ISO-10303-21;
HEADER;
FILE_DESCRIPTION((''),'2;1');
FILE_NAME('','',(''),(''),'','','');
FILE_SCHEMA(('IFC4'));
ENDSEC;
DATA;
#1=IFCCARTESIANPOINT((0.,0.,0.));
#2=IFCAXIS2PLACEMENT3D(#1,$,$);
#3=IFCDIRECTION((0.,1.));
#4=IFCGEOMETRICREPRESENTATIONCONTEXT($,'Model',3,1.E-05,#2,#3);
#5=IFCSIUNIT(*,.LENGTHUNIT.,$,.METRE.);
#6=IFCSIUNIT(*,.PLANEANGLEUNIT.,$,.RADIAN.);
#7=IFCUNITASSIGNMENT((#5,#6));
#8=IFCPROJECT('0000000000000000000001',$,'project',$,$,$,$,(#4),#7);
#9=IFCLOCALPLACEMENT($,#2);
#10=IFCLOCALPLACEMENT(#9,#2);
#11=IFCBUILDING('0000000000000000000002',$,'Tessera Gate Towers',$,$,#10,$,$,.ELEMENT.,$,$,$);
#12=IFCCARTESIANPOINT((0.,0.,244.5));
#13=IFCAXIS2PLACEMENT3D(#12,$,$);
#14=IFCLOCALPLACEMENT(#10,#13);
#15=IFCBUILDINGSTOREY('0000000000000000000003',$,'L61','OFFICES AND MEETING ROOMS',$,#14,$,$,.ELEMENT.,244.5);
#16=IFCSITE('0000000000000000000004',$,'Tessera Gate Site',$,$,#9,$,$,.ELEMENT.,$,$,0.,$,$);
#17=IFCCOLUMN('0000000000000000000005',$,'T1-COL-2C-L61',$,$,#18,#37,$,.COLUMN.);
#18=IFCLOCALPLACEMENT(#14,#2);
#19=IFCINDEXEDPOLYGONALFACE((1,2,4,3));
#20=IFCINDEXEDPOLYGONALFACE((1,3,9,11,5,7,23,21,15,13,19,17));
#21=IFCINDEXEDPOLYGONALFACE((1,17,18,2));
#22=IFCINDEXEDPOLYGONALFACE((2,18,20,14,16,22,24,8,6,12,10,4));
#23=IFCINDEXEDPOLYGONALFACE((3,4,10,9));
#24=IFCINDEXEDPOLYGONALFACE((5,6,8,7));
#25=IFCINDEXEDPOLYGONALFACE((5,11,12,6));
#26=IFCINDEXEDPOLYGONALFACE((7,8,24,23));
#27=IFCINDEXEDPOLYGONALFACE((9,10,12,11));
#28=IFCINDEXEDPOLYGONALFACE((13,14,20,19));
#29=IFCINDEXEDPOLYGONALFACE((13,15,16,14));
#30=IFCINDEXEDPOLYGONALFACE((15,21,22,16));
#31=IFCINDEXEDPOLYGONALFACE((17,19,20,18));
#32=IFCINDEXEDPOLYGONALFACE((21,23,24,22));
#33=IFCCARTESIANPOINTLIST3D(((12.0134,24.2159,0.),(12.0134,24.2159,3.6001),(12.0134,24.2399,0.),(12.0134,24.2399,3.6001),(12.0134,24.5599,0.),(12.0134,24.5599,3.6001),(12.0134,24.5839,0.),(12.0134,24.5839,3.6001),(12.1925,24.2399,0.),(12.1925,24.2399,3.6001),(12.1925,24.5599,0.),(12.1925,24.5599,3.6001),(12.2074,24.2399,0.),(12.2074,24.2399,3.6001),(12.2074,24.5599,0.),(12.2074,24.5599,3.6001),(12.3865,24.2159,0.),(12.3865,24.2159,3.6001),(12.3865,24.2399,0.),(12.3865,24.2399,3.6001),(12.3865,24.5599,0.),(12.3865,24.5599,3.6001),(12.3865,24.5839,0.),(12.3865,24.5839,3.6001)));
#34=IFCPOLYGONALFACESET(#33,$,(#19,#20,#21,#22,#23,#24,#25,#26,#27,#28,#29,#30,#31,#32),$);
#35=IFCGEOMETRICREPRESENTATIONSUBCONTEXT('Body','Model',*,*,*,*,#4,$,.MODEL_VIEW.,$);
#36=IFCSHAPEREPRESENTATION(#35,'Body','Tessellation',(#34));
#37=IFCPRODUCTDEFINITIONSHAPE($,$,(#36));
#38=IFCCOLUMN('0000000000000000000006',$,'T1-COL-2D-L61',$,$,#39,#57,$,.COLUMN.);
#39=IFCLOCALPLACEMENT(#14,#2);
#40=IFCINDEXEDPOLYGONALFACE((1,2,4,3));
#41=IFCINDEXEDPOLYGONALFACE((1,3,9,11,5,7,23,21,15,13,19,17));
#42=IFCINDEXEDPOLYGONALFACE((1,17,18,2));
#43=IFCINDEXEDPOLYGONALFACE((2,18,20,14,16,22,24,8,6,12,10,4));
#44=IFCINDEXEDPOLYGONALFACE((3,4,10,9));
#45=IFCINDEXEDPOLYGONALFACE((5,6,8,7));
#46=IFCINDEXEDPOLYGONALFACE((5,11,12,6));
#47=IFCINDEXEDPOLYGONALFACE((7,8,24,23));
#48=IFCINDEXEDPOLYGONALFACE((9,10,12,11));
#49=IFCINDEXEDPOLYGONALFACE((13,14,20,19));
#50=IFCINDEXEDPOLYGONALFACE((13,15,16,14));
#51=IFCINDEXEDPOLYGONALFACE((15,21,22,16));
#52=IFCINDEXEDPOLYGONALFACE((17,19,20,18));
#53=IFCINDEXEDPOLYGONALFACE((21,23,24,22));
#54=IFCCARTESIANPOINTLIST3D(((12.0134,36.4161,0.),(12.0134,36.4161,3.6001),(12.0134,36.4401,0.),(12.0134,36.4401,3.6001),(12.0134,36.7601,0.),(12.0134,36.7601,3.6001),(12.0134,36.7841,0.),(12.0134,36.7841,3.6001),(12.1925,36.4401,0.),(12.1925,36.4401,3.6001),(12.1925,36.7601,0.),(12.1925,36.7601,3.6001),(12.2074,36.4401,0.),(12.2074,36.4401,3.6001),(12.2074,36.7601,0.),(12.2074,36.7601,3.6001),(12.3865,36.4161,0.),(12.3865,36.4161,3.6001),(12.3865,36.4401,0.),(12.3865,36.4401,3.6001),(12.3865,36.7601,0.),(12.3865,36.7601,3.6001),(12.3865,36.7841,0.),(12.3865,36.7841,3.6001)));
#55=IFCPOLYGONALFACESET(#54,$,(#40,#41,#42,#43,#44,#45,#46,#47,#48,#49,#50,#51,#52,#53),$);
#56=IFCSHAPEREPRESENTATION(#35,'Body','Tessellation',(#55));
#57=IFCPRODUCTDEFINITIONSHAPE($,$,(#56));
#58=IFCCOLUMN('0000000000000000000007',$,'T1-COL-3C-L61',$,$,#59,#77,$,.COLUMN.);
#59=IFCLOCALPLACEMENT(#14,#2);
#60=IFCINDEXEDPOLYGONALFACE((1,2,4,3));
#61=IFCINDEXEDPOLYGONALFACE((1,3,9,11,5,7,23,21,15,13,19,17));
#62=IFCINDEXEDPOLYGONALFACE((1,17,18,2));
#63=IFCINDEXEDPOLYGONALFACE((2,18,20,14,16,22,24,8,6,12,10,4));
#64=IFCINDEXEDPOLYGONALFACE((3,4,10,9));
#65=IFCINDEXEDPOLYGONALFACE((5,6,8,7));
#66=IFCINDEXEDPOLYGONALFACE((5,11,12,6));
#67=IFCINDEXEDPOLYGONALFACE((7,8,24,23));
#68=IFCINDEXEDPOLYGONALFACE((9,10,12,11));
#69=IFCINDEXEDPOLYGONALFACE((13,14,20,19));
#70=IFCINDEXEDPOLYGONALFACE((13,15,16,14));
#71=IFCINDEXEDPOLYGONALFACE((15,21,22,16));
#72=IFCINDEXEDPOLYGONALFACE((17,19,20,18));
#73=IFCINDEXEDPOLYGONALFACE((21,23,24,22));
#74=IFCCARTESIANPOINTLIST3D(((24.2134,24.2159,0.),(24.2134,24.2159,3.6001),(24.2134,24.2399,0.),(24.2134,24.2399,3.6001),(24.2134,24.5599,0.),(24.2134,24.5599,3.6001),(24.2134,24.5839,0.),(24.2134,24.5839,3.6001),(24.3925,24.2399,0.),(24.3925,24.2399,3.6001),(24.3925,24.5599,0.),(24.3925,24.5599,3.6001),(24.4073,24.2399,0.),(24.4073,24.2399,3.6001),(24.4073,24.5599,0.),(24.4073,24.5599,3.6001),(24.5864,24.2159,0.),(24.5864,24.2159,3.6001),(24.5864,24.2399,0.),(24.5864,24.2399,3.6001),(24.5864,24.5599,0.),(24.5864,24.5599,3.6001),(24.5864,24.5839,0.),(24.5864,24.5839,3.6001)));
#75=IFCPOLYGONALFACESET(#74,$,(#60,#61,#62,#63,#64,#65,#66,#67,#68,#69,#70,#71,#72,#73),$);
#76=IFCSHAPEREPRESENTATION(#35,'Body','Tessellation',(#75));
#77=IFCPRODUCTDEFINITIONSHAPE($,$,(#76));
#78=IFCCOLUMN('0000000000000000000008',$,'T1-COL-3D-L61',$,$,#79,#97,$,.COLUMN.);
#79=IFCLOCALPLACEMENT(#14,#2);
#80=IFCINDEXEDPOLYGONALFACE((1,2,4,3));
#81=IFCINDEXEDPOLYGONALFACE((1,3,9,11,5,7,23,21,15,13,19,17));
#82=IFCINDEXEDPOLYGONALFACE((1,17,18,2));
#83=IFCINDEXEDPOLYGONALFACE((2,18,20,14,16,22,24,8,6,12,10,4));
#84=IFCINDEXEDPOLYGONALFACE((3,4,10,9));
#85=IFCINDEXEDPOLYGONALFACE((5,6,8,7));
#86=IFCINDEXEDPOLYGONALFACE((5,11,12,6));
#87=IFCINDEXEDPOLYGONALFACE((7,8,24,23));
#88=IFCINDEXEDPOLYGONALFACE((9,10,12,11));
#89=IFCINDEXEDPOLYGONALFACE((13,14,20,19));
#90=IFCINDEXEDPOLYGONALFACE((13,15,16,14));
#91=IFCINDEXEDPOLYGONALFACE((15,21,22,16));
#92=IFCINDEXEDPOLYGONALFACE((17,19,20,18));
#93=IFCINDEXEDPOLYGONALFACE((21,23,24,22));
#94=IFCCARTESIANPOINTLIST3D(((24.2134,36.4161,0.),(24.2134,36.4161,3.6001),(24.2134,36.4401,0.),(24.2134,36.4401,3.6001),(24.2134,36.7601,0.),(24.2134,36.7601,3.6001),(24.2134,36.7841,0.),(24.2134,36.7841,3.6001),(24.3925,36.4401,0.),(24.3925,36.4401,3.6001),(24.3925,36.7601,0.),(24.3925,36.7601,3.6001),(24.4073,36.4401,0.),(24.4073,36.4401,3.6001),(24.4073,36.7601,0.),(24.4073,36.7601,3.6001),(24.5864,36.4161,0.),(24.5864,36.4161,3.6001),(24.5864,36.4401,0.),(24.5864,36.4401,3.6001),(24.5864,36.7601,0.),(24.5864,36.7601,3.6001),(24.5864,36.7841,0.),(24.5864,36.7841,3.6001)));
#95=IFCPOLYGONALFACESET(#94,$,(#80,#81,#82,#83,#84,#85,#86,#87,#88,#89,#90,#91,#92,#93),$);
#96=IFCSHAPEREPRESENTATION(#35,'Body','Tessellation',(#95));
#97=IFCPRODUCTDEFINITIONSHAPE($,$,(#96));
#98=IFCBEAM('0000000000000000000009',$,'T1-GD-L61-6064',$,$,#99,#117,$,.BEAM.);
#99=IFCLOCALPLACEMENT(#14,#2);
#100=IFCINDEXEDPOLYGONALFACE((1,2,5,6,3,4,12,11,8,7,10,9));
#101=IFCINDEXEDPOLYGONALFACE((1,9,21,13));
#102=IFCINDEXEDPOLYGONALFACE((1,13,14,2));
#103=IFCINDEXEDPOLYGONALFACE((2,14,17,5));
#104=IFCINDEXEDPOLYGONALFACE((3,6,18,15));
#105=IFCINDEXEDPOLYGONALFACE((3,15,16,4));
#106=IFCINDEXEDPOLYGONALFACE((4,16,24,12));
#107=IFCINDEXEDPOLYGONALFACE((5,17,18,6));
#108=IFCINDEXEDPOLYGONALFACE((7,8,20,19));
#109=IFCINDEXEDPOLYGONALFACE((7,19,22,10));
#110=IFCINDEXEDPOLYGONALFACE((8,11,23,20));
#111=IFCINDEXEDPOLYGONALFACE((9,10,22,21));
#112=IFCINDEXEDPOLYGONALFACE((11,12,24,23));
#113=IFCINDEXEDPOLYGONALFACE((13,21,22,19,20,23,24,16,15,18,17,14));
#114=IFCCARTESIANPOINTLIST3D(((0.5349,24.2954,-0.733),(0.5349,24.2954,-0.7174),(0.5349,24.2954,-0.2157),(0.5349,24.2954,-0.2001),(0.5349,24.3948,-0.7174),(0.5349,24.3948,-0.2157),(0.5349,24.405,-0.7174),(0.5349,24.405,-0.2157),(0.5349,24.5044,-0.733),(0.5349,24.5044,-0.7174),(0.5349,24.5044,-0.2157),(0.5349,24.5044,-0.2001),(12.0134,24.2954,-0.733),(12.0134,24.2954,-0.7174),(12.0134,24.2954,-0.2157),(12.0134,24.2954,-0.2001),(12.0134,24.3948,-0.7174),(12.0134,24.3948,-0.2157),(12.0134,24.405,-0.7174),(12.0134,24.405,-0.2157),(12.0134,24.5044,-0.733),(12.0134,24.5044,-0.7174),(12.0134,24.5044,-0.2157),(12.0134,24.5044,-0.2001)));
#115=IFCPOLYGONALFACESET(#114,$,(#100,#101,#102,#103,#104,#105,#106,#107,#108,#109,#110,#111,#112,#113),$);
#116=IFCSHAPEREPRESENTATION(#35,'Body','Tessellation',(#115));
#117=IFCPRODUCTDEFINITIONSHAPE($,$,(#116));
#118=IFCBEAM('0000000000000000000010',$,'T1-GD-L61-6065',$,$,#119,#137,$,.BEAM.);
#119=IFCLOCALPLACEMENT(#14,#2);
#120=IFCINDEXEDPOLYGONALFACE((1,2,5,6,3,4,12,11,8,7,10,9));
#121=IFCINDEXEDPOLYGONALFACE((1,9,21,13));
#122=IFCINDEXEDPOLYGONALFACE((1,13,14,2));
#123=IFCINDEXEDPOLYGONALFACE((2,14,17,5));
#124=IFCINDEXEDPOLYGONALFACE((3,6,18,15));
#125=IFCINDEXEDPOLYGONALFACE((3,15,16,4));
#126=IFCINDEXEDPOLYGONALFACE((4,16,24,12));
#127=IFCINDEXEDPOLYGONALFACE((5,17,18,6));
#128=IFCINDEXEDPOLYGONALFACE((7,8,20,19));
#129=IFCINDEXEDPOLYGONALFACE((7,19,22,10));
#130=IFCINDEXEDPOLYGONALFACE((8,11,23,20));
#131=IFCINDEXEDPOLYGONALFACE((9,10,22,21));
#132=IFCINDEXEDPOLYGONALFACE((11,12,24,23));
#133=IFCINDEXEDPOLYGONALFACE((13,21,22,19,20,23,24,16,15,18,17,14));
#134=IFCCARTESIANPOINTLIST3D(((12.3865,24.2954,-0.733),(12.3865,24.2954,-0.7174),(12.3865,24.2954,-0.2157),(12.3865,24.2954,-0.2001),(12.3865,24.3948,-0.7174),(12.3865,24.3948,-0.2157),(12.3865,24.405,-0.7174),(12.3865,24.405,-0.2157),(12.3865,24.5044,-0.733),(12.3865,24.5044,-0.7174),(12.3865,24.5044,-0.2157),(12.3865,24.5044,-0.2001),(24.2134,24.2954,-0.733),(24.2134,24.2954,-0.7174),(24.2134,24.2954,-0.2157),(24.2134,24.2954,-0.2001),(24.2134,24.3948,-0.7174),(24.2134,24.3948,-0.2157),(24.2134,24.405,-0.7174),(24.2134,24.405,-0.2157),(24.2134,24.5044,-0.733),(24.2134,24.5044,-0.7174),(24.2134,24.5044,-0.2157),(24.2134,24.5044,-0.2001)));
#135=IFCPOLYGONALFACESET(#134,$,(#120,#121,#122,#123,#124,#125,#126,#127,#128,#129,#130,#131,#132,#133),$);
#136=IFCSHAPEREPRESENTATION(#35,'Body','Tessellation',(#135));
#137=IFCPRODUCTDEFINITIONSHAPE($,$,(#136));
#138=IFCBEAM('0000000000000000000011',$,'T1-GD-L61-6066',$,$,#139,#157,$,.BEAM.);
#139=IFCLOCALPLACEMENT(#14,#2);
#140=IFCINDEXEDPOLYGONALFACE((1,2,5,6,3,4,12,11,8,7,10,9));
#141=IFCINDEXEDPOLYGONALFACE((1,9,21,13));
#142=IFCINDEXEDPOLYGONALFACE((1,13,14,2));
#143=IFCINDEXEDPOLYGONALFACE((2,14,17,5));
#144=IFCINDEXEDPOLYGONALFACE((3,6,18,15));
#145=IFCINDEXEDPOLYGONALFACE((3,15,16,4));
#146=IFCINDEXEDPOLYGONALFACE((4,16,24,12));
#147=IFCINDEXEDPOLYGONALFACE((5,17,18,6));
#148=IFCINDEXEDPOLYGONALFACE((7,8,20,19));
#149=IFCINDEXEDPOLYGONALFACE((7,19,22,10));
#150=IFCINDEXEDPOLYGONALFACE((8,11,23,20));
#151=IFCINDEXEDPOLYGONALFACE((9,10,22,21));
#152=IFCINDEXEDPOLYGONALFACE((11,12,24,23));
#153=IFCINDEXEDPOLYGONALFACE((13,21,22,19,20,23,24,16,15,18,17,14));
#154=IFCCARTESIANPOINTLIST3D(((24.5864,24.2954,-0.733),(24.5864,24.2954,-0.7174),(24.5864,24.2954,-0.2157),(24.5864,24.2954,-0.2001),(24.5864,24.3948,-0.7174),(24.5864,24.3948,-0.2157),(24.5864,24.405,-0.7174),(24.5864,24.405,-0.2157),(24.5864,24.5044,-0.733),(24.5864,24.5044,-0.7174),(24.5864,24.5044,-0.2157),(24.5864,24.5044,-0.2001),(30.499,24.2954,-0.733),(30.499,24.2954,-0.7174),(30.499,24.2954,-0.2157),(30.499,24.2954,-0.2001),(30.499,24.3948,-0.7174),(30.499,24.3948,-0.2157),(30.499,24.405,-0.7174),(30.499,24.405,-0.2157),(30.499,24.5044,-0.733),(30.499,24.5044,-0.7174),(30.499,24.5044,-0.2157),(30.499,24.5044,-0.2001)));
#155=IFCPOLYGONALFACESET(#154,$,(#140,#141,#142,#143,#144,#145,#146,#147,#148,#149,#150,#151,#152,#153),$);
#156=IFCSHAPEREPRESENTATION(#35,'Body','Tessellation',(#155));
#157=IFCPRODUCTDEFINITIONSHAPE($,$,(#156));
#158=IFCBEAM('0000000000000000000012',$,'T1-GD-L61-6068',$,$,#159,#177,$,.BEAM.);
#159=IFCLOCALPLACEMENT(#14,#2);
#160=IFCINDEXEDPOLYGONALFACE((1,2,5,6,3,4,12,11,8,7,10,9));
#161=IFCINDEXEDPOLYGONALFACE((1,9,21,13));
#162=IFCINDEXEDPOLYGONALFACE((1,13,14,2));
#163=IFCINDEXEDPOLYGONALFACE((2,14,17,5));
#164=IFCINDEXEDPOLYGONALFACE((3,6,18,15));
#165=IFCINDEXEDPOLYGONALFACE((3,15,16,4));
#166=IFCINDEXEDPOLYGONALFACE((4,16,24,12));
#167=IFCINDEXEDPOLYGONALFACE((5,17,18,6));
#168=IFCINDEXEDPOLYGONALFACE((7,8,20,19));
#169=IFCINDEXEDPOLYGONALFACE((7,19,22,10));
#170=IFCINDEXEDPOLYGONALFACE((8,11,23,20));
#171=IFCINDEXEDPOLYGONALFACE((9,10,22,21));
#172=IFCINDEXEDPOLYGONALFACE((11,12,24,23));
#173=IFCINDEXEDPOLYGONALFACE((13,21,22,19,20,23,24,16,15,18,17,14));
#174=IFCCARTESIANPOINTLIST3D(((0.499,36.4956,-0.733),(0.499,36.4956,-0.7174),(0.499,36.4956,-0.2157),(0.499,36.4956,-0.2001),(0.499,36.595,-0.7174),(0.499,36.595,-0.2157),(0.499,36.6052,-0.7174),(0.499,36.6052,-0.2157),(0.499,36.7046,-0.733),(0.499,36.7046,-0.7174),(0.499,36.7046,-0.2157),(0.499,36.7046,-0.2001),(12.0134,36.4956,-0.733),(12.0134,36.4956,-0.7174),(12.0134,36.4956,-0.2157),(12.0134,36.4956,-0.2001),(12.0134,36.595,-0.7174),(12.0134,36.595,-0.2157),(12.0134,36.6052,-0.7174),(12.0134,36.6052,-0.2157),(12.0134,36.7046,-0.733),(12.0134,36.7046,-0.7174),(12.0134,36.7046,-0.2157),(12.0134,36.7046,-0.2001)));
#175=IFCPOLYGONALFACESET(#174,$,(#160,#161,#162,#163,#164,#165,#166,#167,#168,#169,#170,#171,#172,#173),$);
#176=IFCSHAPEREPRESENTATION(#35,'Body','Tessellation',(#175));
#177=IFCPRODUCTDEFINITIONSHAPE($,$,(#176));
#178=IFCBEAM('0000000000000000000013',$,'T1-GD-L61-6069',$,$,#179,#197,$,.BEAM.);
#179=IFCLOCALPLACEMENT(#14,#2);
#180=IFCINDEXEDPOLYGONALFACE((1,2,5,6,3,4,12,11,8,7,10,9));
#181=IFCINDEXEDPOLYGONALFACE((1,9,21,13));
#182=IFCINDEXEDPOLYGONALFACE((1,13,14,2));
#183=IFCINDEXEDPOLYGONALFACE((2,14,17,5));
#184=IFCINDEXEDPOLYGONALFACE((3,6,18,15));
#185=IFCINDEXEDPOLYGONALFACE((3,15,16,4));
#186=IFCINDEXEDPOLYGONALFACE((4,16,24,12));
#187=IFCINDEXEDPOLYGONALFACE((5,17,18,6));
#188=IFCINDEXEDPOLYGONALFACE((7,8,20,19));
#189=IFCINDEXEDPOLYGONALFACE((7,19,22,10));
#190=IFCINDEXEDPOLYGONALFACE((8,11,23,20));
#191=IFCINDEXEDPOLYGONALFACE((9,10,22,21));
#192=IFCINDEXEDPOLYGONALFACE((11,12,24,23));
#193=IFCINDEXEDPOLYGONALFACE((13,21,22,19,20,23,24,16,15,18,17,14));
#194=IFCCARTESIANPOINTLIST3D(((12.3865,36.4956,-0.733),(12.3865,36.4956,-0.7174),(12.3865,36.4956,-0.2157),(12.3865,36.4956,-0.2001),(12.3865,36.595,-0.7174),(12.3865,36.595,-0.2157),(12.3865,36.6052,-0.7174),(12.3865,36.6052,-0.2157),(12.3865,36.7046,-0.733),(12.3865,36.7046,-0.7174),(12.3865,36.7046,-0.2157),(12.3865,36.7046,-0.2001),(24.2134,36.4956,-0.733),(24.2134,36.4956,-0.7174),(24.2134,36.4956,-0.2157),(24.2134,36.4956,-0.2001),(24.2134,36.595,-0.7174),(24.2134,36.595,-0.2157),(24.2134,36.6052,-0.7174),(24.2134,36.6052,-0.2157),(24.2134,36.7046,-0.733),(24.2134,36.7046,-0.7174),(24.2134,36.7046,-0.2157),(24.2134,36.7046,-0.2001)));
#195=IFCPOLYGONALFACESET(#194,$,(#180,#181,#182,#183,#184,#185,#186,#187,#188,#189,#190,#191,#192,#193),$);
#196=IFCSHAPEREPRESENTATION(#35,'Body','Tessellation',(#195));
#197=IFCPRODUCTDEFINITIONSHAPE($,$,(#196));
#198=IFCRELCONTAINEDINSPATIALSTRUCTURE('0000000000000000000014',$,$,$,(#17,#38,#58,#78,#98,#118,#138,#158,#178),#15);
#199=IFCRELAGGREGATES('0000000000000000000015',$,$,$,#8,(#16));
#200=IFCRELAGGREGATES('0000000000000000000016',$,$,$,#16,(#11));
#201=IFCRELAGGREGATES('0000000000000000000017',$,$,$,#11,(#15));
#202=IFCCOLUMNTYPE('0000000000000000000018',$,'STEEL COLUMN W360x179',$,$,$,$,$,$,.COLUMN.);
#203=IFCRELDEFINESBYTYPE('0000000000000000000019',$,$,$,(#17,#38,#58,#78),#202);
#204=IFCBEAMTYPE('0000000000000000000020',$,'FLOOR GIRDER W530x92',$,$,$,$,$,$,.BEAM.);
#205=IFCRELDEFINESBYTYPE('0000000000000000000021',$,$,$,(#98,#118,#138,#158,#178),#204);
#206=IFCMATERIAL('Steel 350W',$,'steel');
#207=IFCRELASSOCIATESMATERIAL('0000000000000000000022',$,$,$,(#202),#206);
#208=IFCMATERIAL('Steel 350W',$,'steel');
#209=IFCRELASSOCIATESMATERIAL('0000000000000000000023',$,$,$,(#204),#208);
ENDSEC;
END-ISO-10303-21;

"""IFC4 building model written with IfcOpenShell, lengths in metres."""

from ifc_helpers import new_model, si_unit, direction, frame, origin, origin_2d, place, context, subcontext, project, spatial, i_section, extrude, material, material_profile, profile_set, type_object, element, save


model = new_model("IFC4")

# Units and contexts
model_context = context("Model", 3, precision=1e-05, world=origin(), true_north=direction((0.0, 1.0)))
body_context = subcontext(model_context, "Body", "Model", "MODEL_VIEW")
ifc_project = project(units=[si_unit("LENGTHUNIT", "METRE"), si_unit("PLANEANGLEUNIT", "RADIAN")], contexts=[model_context])

# Site, building, storey
site_placement = place(None, origin())
site = spatial("IfcSite", under=ifc_project, at=site_placement, Name="Tessera Gate Site", CompositionType="ELEMENT", RefElevation=0.0)
building_placement = place(site_placement, origin())
building = spatial("IfcBuilding", under=site, at=building_placement, Name="Tessera Gate Towers", CompositionType="ELEMENT")
storey_placement = place(building_placement, frame((0.0, 0.0, 244.5)))
storey = spatial("IfcBuildingStorey", under=building, at=storey_placement, Name="L61", Description="OFFICES AND MEETING ROOMS", CompositionType="ELEMENT", Elevation=244.5)

# Columns
ifc_material_1 = material(Name="Steel 350W", Category="steel")
ifc_material_profile_1 = material_profile(ifc_material_1, i_section(OverallWidth=0.373, OverallDepth=0.3679, WebThickness=0.0149, FlangeThickness=0.0239, at=origin_2d()), Name="W360x179")
ifc_profile_set_1 = profile_set([ifc_material_profile_1], Name="Steel 350W")
column_type = type_object("IfcColumnType", Name="STEEL COLUMN W360x179", PredefinedType="COLUMN", material=ifc_profile_set_1)
for number, where, z_axis, x_axis, name in (
    (1, (12.2, 24.3999, 0.0), (0.0, 0.0, 1.0), (1.0, 0.0, 0.0), "T1-COL-2C-L61"),
    (2, (12.2, 36.6001, 0.0), (0.0, 0.0, 1.0), (1.0, 0.0, 0.0), "T1-COL-2D-L61"),
    (3, (24.3999, 24.3999, 0.0), (0.0, 0.0, 1.0), (1.0, 0.0, 0.0), "T1-COL-3C-L61"),
    (4, (24.3999, 36.6001, 0.0), (0.0, 0.0, 1.0), (1.0, 0.0, 0.0), "T1-COL-3D-L61"),
):
    element("IfcColumn", number, at=place(storey_placement, frame(where, z_axis=z_axis, x_axis=x_axis)), inside=storey, type_object=column_type, Name=name, PredefinedType="COLUMN", context=body_context, shape_type="SweptSolid", body=[
        extrude(i_section(OverallWidth=0.373, OverallDepth=0.3679, WebThickness=0.0149, FlangeThickness=0.0239, at=origin_2d()), origin(), (0.0, 0.0, 1.0), 3.6001),
    ])

# Beams
ifc_material_2 = material(Name="Steel 350W", Category="steel")
ifc_material_profile_2 = material_profile(ifc_material_2, i_section(OverallWidth=0.209, OverallDepth=0.533, WebThickness=0.0103, FlangeThickness=0.0156, at=origin_2d()), Name="W530x92")
ifc_profile_set_2 = profile_set([ifc_material_profile_2], Name="Steel 350W")
beam_type_1 = type_object("IfcBeamType", Name="FLOOR GIRDER W530x92", PredefinedType="BEAM", material=ifc_profile_set_2)
beam_1_placement = place(storey_placement, frame((0.5349, 24.3999, -0.4666), z_axis=(1.0, 0.0, 0.0), x_axis=(0.0, 1.0, 0.0)))
element("IfcBeam", 5, at=beam_1_placement, inside=storey, type_object=beam_type_1, Name="T1-GD-L61-6064", PredefinedType="BEAM", context=body_context, shape_type="SweptSolid", body=[
    extrude(i_section(OverallWidth=0.209, OverallDepth=0.533, WebThickness=0.0103, FlangeThickness=0.0156, at=origin_2d()), origin(), (0.0, 0.0, 1.0), 11.4785),
])
beam_2_placement = place(storey_placement, frame((12.3865, 24.3999, -0.4666), z_axis=(1.0, 0.0, 0.0), x_axis=(0.0, 1.0, 0.0)))
element("IfcBeam", 6, at=beam_2_placement, inside=storey, type_object=beam_type_1, Name="T1-GD-L61-6065", PredefinedType="BEAM", context=body_context, shape_type="SweptSolid", body=[
    extrude(i_section(OverallWidth=0.209, OverallDepth=0.533, WebThickness=0.0103, FlangeThickness=0.0156, at=origin_2d()), origin(), (0.0, 0.0, 1.0), 11.8269),
])
beam_3_placement = place(storey_placement, frame((24.5864, 24.3999, -0.4666), z_axis=(1.0, 0.0, 0.0), x_axis=(0.0, 1.0, 0.0)))
element("IfcBeam", 7, at=beam_3_placement, inside=storey, type_object=beam_type_1, Name="T1-GD-L61-6066", PredefinedType="BEAM", context=body_context, shape_type="SweptSolid", body=[
    extrude(i_section(OverallWidth=0.209, OverallDepth=0.533, WebThickness=0.0103, FlangeThickness=0.0156, at=origin_2d()), origin(), (0.0, 0.0, 1.0), 5.9126),
])
beam_4_placement = place(storey_placement, frame((0.499, 36.6001, -0.4666), z_axis=(1.0, 0.0, 0.0), x_axis=(0.0, 1.0, 0.0)))
element("IfcBeam", 8, at=beam_4_placement, inside=storey, type_object=beam_type_1, Name="T1-GD-L61-6068", PredefinedType="BEAM", context=body_context, shape_type="SweptSolid", body=[
    extrude(i_section(OverallWidth=0.209, OverallDepth=0.533, WebThickness=0.0103, FlangeThickness=0.0156, at=origin_2d()), origin(), (0.0, 0.0, 1.0), 11.5144),
])
beam_5_placement = place(storey_placement, frame((12.3865, 36.6001, -0.4666), z_axis=(1.0, 0.0, 0.0), x_axis=(0.0, 1.0, 0.0)))
element("IfcBeam", 9, at=beam_5_placement, inside=storey, type_object=beam_type_1, Name="T1-GD-L61-6069", PredefinedType="BEAM", context=body_context, shape_type="SweptSolid", body=[
    extrude(i_section(OverallWidth=0.209, OverallDepth=0.533, WebThickness=0.0103, FlangeThickness=0.0156, at=origin_2d()), origin(), (0.0, 0.0, 1.0), 11.8269),
])

save(model, "model.ifc")
